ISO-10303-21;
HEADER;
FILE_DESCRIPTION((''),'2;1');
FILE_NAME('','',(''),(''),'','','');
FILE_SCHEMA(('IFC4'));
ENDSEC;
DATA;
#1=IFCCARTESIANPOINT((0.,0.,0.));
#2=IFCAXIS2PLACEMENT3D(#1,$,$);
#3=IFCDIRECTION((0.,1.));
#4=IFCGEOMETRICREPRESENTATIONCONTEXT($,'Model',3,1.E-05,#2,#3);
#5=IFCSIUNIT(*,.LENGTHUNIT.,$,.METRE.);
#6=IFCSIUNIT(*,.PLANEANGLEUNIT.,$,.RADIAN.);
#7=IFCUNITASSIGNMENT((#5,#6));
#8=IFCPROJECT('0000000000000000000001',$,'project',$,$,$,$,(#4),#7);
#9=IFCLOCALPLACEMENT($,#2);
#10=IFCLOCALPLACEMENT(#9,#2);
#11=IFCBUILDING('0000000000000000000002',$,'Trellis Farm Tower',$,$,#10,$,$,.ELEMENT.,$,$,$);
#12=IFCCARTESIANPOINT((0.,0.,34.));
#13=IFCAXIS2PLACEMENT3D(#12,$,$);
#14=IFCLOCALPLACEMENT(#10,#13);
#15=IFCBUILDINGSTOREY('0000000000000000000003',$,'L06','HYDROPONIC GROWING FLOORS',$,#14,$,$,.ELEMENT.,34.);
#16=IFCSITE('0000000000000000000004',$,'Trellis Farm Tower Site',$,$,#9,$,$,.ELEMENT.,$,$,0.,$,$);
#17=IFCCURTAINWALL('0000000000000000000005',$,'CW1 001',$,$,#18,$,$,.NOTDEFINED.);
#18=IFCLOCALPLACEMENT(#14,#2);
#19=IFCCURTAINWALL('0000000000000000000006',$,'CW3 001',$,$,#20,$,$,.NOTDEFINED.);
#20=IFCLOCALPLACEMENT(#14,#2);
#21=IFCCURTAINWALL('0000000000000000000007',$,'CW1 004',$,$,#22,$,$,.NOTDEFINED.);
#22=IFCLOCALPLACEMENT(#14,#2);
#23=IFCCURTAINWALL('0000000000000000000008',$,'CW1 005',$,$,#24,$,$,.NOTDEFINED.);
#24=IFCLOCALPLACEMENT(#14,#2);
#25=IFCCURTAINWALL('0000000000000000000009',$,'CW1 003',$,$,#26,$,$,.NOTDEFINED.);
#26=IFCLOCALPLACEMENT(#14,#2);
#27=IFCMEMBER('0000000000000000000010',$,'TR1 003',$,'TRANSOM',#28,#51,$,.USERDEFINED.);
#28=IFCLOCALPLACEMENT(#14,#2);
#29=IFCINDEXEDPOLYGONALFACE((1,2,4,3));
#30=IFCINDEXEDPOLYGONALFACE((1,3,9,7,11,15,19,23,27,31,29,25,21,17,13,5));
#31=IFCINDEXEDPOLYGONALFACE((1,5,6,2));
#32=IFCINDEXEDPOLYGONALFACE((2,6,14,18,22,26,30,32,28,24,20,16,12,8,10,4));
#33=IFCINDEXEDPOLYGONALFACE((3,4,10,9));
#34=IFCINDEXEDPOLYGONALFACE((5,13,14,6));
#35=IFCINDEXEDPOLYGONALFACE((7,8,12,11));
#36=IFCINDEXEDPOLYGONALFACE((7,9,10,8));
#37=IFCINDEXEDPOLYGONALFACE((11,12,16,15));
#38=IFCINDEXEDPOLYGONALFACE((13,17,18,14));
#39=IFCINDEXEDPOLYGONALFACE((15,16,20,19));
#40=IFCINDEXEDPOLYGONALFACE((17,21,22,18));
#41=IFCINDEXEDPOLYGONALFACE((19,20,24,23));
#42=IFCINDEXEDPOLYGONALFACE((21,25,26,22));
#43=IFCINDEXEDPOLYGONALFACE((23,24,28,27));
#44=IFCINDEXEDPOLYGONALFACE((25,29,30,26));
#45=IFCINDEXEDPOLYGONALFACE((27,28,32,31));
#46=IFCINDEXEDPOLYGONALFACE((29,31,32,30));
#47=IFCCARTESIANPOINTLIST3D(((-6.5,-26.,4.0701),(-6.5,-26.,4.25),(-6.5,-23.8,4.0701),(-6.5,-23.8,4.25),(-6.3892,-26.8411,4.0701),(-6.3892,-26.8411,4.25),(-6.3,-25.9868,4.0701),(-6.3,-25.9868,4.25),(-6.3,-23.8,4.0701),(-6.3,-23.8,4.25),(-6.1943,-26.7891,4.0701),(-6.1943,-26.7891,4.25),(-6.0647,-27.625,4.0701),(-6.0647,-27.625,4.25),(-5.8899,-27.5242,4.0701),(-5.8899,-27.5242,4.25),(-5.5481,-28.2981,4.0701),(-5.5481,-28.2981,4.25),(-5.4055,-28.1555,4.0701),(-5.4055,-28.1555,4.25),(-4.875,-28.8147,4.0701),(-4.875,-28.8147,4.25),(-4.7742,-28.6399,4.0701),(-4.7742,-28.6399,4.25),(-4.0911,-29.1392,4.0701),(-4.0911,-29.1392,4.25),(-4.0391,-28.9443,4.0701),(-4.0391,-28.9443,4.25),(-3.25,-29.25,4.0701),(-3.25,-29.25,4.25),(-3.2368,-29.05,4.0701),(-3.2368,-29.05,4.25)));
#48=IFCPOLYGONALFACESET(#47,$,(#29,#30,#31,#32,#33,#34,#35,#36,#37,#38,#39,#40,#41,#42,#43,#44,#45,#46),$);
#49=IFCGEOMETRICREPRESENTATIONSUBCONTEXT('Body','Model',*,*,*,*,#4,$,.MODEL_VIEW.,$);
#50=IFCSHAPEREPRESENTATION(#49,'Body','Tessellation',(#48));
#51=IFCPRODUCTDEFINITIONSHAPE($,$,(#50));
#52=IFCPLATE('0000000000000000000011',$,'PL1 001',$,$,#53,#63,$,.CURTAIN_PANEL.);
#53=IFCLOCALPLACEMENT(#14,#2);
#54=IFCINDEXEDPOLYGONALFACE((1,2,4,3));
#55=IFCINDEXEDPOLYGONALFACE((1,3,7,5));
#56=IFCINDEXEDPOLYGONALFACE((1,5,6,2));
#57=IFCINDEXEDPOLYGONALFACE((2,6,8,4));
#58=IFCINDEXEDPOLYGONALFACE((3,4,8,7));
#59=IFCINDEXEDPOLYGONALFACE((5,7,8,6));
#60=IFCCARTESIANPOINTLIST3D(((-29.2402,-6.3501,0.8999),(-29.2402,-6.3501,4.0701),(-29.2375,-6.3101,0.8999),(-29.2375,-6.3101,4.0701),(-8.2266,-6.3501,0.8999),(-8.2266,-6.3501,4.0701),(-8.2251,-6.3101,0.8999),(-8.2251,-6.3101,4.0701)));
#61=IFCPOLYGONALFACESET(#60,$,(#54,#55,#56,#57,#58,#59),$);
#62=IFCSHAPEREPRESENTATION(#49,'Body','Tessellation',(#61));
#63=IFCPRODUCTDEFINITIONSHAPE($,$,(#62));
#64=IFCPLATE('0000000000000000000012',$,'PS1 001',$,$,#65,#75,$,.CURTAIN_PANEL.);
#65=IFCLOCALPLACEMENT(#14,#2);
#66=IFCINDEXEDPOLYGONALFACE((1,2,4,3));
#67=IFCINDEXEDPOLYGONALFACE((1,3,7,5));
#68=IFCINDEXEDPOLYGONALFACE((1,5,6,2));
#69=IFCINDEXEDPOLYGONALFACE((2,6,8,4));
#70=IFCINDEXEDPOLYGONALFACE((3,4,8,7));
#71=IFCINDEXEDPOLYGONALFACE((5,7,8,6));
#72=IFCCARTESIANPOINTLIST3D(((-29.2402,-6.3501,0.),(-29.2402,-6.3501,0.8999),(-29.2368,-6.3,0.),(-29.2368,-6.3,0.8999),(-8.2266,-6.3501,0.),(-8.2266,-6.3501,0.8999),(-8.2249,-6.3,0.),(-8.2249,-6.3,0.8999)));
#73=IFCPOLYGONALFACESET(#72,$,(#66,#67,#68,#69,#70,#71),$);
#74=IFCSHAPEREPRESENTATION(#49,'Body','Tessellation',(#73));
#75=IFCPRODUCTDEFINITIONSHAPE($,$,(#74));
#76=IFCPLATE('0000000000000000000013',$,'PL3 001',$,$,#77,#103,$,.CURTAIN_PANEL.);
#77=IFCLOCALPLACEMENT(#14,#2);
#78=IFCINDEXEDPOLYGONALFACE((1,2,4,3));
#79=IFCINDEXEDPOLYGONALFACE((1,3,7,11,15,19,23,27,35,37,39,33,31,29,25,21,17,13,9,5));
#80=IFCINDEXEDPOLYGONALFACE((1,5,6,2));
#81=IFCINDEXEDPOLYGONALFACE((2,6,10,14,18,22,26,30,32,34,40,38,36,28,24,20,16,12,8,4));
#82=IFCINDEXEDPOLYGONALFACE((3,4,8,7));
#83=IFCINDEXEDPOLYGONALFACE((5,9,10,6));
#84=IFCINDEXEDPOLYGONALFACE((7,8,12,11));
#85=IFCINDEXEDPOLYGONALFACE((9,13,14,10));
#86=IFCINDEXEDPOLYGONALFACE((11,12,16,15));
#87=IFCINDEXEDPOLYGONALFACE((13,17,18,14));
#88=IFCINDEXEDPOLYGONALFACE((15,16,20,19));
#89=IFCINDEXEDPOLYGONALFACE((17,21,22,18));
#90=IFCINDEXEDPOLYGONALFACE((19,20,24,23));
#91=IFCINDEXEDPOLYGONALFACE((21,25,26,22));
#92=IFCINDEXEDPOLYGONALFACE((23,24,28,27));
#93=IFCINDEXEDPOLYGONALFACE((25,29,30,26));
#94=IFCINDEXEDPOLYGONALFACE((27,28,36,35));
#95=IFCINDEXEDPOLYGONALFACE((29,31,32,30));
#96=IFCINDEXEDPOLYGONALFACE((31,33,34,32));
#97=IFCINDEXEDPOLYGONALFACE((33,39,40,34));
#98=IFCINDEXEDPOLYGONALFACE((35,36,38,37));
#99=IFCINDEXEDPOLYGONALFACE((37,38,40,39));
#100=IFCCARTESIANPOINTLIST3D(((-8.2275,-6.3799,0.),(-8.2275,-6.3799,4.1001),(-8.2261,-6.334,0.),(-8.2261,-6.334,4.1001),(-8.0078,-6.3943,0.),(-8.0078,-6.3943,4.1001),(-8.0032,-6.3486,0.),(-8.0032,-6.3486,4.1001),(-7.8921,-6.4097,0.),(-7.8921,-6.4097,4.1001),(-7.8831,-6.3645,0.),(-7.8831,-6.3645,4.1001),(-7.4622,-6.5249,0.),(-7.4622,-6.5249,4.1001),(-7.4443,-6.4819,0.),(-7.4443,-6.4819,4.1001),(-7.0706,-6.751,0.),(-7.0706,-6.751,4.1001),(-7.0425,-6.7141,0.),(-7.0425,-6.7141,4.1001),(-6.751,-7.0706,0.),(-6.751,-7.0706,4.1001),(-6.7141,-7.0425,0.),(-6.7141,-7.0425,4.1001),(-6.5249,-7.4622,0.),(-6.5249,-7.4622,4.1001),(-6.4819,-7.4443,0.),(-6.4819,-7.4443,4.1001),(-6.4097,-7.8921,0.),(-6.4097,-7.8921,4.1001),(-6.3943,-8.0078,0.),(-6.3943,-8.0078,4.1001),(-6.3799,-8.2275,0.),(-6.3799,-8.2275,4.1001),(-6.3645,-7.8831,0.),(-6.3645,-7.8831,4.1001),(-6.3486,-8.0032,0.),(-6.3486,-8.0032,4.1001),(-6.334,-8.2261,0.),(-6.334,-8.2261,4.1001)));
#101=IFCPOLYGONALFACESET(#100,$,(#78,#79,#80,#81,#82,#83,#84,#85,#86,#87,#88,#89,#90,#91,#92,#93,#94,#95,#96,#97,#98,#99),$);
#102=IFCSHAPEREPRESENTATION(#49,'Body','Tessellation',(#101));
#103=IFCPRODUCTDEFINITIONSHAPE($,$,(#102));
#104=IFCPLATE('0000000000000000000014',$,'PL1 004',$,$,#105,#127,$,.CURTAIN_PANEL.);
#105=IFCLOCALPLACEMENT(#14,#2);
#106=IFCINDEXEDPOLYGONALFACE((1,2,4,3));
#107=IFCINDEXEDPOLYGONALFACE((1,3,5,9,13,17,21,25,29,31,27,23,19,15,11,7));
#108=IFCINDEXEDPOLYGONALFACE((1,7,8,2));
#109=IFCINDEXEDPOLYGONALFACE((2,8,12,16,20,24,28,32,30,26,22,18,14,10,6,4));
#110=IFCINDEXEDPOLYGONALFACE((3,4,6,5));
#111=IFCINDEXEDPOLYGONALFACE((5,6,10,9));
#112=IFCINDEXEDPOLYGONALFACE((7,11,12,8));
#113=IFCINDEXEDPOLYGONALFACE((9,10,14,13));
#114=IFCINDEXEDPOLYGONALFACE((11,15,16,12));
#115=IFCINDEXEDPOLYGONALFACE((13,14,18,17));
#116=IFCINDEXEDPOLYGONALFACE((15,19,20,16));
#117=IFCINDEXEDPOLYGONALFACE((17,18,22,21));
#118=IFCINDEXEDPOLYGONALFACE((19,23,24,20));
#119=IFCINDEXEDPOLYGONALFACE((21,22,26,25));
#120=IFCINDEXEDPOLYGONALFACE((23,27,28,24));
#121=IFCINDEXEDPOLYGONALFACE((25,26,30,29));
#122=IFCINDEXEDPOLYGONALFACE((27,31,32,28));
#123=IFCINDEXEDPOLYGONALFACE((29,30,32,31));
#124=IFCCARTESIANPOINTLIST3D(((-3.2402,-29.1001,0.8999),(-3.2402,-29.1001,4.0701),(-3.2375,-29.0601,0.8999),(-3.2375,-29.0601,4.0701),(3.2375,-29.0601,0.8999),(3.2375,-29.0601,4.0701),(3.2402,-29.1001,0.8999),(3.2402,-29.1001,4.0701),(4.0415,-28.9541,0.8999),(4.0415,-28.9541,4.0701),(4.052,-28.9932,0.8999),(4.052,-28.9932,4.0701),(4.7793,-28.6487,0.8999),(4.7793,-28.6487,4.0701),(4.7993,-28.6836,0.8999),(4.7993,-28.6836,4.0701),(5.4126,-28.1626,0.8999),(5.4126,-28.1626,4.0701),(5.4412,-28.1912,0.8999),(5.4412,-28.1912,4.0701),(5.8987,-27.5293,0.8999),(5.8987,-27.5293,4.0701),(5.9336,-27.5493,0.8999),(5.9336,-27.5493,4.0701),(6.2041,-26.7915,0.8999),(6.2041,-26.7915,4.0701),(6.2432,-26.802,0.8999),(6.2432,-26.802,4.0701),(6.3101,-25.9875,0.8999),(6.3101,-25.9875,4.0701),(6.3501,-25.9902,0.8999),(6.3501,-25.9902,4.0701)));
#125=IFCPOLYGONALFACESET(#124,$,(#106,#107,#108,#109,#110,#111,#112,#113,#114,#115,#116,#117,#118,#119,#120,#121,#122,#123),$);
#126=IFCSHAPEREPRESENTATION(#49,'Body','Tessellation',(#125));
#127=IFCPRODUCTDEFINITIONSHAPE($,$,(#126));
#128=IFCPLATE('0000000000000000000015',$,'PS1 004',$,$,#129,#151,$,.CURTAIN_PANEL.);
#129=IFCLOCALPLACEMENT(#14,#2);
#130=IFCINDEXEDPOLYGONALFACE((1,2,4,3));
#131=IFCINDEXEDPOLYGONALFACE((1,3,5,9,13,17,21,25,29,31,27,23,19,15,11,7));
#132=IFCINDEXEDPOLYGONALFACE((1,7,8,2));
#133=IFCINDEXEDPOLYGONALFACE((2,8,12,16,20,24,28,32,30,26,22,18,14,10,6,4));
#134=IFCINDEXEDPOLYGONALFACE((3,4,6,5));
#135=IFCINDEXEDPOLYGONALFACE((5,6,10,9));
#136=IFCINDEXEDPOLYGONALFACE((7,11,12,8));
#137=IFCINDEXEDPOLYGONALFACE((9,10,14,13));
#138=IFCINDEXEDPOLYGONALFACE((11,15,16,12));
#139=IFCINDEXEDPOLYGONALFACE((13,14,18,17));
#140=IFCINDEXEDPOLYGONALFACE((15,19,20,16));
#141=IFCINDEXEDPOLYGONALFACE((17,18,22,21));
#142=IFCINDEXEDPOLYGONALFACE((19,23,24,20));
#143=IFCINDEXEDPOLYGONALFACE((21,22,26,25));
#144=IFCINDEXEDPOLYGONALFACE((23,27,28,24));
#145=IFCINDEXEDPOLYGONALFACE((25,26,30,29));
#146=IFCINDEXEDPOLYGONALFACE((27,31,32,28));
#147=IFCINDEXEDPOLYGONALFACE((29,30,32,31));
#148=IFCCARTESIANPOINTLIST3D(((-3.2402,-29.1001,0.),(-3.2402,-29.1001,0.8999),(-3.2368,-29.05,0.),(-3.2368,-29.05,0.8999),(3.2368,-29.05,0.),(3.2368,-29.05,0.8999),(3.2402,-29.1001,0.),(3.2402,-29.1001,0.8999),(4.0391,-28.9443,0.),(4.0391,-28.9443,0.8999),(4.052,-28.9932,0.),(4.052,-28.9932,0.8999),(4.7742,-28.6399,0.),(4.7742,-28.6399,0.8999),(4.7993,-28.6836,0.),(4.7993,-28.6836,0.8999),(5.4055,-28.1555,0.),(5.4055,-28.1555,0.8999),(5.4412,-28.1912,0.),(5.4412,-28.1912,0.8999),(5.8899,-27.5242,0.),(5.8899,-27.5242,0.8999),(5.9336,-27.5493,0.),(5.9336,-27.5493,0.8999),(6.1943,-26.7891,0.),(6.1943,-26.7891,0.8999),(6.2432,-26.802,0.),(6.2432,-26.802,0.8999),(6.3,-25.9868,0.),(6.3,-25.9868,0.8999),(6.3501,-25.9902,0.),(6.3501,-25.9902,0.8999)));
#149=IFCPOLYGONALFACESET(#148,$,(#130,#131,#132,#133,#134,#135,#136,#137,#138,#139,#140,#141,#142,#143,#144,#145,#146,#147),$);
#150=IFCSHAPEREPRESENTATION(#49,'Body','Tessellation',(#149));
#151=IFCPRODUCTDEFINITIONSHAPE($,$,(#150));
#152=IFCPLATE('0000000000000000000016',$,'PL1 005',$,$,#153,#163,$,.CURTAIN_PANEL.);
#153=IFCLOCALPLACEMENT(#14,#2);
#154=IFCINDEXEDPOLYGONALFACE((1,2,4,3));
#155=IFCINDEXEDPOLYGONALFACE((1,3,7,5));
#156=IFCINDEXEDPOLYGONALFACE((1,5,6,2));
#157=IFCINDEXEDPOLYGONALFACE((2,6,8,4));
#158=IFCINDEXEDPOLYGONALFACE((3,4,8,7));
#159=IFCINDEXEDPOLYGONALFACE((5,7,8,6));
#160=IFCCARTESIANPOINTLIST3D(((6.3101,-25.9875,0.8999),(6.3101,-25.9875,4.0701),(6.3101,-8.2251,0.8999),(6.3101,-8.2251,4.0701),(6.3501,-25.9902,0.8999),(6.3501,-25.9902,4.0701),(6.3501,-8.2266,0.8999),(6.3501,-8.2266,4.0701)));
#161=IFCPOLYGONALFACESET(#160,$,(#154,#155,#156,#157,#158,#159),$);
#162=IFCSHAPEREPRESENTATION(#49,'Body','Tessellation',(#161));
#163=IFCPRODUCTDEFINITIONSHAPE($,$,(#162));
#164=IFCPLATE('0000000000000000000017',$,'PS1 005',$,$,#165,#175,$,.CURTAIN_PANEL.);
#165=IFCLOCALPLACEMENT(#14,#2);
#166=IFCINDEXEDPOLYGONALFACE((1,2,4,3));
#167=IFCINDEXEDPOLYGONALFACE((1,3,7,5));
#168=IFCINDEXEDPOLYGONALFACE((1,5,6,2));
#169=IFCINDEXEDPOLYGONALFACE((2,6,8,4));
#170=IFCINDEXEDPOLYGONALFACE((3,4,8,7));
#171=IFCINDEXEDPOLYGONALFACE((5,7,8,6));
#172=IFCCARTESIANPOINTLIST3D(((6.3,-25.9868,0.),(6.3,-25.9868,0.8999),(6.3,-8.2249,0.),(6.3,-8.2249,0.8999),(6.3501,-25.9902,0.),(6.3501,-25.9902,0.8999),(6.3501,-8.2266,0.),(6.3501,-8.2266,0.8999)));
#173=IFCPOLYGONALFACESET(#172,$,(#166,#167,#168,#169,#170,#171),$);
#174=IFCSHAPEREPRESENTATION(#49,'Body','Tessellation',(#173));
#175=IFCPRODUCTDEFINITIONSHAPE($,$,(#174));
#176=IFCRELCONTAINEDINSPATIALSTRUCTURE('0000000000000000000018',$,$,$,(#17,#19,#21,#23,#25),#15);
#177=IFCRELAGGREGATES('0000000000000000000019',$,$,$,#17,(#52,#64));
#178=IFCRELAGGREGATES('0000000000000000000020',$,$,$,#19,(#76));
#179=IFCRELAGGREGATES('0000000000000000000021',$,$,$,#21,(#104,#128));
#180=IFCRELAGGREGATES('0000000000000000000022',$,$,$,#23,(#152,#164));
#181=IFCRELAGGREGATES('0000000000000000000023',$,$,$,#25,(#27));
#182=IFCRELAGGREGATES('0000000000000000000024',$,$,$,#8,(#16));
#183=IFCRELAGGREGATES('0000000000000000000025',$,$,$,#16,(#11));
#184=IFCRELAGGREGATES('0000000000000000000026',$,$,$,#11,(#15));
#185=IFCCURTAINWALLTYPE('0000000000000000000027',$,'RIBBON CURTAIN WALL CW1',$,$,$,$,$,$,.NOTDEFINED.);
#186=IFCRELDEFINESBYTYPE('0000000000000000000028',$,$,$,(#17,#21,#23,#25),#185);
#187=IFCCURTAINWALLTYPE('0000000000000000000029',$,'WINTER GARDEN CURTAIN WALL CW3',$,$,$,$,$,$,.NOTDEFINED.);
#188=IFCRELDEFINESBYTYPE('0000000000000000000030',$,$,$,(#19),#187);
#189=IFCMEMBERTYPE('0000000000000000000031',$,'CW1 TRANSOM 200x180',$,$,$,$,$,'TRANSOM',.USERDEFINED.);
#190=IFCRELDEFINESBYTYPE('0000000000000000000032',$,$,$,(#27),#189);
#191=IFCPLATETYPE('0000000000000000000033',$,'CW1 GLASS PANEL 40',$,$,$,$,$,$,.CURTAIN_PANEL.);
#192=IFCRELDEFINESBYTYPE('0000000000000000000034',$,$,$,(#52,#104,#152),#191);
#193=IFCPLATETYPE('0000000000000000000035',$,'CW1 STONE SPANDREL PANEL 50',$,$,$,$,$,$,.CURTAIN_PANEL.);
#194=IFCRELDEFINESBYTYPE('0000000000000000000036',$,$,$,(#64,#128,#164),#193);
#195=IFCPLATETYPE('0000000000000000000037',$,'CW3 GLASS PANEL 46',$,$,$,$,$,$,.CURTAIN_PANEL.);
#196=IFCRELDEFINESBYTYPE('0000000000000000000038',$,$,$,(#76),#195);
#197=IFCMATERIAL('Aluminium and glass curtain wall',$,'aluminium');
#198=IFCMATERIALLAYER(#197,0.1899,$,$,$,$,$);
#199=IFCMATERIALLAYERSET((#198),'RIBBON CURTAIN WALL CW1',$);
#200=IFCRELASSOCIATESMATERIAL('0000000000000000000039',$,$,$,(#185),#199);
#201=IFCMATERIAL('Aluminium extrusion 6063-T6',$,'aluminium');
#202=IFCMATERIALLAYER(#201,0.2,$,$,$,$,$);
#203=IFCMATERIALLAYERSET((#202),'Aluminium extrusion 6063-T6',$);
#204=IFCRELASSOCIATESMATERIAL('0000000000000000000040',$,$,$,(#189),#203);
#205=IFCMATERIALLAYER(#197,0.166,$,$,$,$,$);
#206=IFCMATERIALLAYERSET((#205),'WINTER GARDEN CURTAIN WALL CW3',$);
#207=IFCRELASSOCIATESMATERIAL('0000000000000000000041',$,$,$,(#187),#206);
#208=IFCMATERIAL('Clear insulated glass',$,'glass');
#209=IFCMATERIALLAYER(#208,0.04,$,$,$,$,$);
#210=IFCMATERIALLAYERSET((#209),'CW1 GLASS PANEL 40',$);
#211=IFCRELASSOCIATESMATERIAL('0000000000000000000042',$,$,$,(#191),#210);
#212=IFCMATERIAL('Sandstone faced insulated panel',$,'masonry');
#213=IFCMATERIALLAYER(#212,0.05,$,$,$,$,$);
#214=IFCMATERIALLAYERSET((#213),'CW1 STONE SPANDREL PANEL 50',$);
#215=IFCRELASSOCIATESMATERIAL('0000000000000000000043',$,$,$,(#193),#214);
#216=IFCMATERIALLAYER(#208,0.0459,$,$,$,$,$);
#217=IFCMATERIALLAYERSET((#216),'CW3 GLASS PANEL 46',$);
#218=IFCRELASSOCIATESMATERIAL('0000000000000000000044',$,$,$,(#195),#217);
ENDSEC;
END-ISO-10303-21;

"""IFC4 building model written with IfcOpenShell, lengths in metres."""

from ifc_helpers import new_model, si_unit, direction, frame, origin, place, context, subcontext, project, spatial, polyline, outline, extrude, source, transform, mapped, material, layer, layer_set, type_object, element, aggregate, save


model = new_model("IFC4")

# Units and contexts
model_context = context("Model", 3, precision=1e-05, world=origin(), true_north=direction((0.0, 1.0)))
body_context = subcontext(model_context, "Body", "Model", "MODEL_VIEW")
ifc_project = project(units=[si_unit("LENGTHUNIT", "METRE"), si_unit("PLANEANGLEUNIT", "RADIAN")], contexts=[model_context])

# Site, building, storey
site_placement = place(None, origin())
site = spatial("IfcSite", under=ifc_project, at=site_placement, Name="Trellis Farm Tower Site", CompositionType="ELEMENT", RefElevation=0.0)
building_placement = place(site_placement, origin())
building = spatial("IfcBuilding", under=site, at=building_placement, Name="Trellis Farm Tower", CompositionType="ELEMENT")
storey_placement = place(building_placement, frame((0.0, 0.0, 34.0)))
storey = spatial("IfcBuildingStorey", under=building, at=storey_placement, Name="L06", Description="HYDROPONIC GROWING FLOORS", CompositionType="ELEMENT", Elevation=34.0)

# Curtain walls, member
ifc_material_1 = material(Name="Aluminium and glass curtain wall", Category="aluminium")
ifc_layer_1 = layer(ifc_material_1, 0.1899)
ifc_layer_set_1 = layer_set([ifc_layer_1], Name="RIBBON CURTAIN WALL CW1")
curtain_wall_type_1 = type_object("IfcCurtainWallType", Name="RIBBON CURTAIN WALL CW1", PredefinedType="NOTDEFINED", material=ifc_layer_set_1)
placement_1 = place(storey_placement, origin())
curtain_wall_1 = element("IfcCurtainWall", 1, at=placement_1, inside=storey, type_object=curtain_wall_type_1, Name="CW1 001", PredefinedType="NOTDEFINED")
ifc_material_2 = material(Name="Aluminium extrusion 6063-T6", Category="aluminium")
ifc_layer_2 = layer(ifc_material_2, 0.2)
ifc_layer_set_2 = layer_set([ifc_layer_2], Name="Aluminium extrusion 6063-T6")
member_type_1 = type_object("IfcMemberType", Name="CW1 TRANSOM 200x180", ElementType="TRANSOM", PredefinedType="USERDEFINED", material=ifc_layer_set_2)
placement_2 = place(storey_placement, frame((0.0, 0.0, 4.0701)))
ifc_layer_3 = layer(ifc_material_1, 0.166)
ifc_layer_set_3 = layer_set([ifc_layer_3], Name="WINTER GARDEN CURTAIN WALL CW3")
curtain_wall_type_2 = type_object("IfcCurtainWallType", Name="WINTER GARDEN CURTAIN WALL CW3", PredefinedType="NOTDEFINED", material=ifc_layer_set_3)
curtain_wall_2 = element("IfcCurtainWall", 2, at=placement_1, inside=storey, type_object=curtain_wall_type_2, Name="CW3 001", PredefinedType="NOTDEFINED")
curtain_wall_3 = element("IfcCurtainWall", 3, at=placement_1, inside=storey, type_object=curtain_wall_type_1, Name="CW1 004", PredefinedType="NOTDEFINED")
curtain_wall_4 = element("IfcCurtainWall", 4, at=placement_1, inside=storey, type_object=curtain_wall_type_1, Name="CW1 005", PredefinedType="NOTDEFINED")
curtain_wall_5 = element("IfcCurtainWall", 5, at=placement_1, inside=storey, type_object=curtain_wall_type_1, Name="CW1 003", PredefinedType="NOTDEFINED")
shared_shape_1 = source(origin(), body_context, "Body", "SweptSolid", [
    extrude(outline(polyline([(-6.5, -23.8), (-6.5, -26.0), (-6.3892, -26.8411), (-6.0647, -27.625), (-5.5481, -28.2981), (-4.875, -28.8147), (-4.0911, -29.1392), (-3.25, -29.25), (-3.2368, -29.05), (-4.0391, -28.9443), (-4.7742, -28.6399), (-5.4055, -28.1555), (-5.8899, -27.5242), (-6.1943, -26.7891), (-6.3, -25.9868), (-6.3, -23.8), (-6.5, -23.8)])), origin(), (0.0, 0.0, 1.0), 0.1799),
])
member_1 = element("IfcMember", 6, at=placement_2, type_object=member_type_1, Name="TR1 003", ObjectType="TRANSOM", PredefinedType="USERDEFINED", context=body_context, shape_type="MappedRepresentation", body=[
    mapped(shared_shape_1, transform((0.0, 0.0, 0.0))),
])

# Plates
ifc_material_3 = material(Name="Clear insulated glass", Category="glass")
ifc_layer_4 = layer(ifc_material_3, 0.04)
ifc_layer_set_4 = layer_set([ifc_layer_4], Name="CW1 GLASS PANEL 40")
plate_type_1 = type_object("IfcPlateType", Name="CW1 GLASS PANEL 40", PredefinedType="CURTAIN_PANEL", material=ifc_layer_set_4)
shared_shape_2 = source(origin(), body_context, "Body", "SweptSolid", [
    extrude(outline(polyline([(-29.2402, -6.3501), (-8.2266, -6.3501), (-8.2251, -6.3101), (-29.2375, -6.3101), (-29.2402, -6.3501)])), origin(), (0.0, 0.0, 1.0), 3.1702),
])
placement_3 = place(storey_placement, frame((0.0, 0.0, 0.8999)))
plate_1 = element("IfcPlate", 7, at=placement_3, type_object=plate_type_1, Name="PL1 001", PredefinedType="CURTAIN_PANEL", context=body_context, shape_type="MappedRepresentation", body=[
    mapped(shared_shape_2, transform((0.0, 0.0, 0.0))),
])
ifc_material_4 = material(Name="Sandstone faced insulated panel", Category="masonry")
ifc_layer_5 = layer(ifc_material_4, 0.05)
ifc_layer_set_5 = layer_set([ifc_layer_5], Name="CW1 STONE SPANDREL PANEL 50")
plate_type_2 = type_object("IfcPlateType", Name="CW1 STONE SPANDREL PANEL 50", PredefinedType="CURTAIN_PANEL", material=ifc_layer_set_5)
shared_shape_3 = source(origin(), body_context, "Body", "SweptSolid", [
    extrude(outline(polyline([(-29.2402, -6.3501), (-8.2266, -6.3501), (-8.2249, -6.3), (-29.2368, -6.3), (-29.2402, -6.3501)])), origin(), (0.0, 0.0, 1.0), 0.8999),
])
plate_2 = element("IfcPlate", 8, at=placement_1, type_object=plate_type_2, Name="PS1 001", PredefinedType="CURTAIN_PANEL", context=body_context, shape_type="MappedRepresentation", body=[
    mapped(shared_shape_3, transform((0.0, 0.0, 0.0))),
])
aggregate(curtain_wall_1, [plate_1, plate_2])
ifc_layer_6 = layer(ifc_material_3, 0.0459)
ifc_layer_set_6 = layer_set([ifc_layer_6], Name="CW3 GLASS PANEL 46")
plate_type_3 = type_object("IfcPlateType", Name="CW3 GLASS PANEL 46", PredefinedType="CURTAIN_PANEL", material=ifc_layer_set_6)
shared_shape_4 = source(origin(), body_context, "Body", "SweptSolid", [
    extrude(outline(polyline([(-8.2275, -6.3799), (-8.0078, -6.3943), (-7.8921, -6.4097), (-7.4622, -6.5249), (-7.0706, -6.751), (-6.751, -7.0706), (-6.5249, -7.4622), (-6.4097, -7.8921), (-6.3943, -8.0078), (-6.3799, -8.2275), (-6.334, -8.2261), (-6.3486, -8.0032), (-6.3645, -7.8831), (-6.4819, -7.4443), (-6.7141, -7.0425), (-7.0425, -6.7141), (-7.4443, -6.4819), (-7.8831, -6.3645), (-8.0032, -6.3486), (-8.2261, -6.334), (-8.2275, -6.3799)])), origin(), (0.0, 0.0, 1.0), 4.1001),
])
plate_3 = element("IfcPlate", 9, at=placement_1, type_object=plate_type_3, Name="PL3 001", PredefinedType="CURTAIN_PANEL", context=body_context, shape_type="MappedRepresentation", body=[
    mapped(shared_shape_4, transform((0.0, 0.0, 0.0))),
])
aggregate(curtain_wall_2, [plate_3])
shared_shape_5 = source(origin(), body_context, "Body", "SweptSolid", [
    extrude(outline(polyline([(-3.2402, -29.1001), (3.2402, -29.1001), (4.052, -28.9932), (4.7993, -28.6836), (5.4412, -28.1912), (5.9336, -27.5493), (6.2432, -26.802), (6.3501, -25.9902), (6.3101, -25.9875), (6.2041, -26.7915), (5.8987, -27.5293), (5.4126, -28.1626), (4.7793, -28.6487), (4.0415, -28.9541), (3.2375, -29.0601), (-3.2375, -29.0601), (-3.2402, -29.1001)])), origin(), (0.0, 0.0, 1.0), 3.1702),
])
plate_4 = element("IfcPlate", 10, at=placement_3, type_object=plate_type_1, Name="PL1 004", PredefinedType="CURTAIN_PANEL", context=body_context, shape_type="MappedRepresentation", body=[
    mapped(shared_shape_5, transform((0.0, 0.0, 0.0))),
])
shared_shape_6 = source(origin(), body_context, "Body", "SweptSolid", [
    extrude(outline(polyline([(-3.2402, -29.1001), (3.2402, -29.1001), (4.052, -28.9932), (4.7993, -28.6836), (5.4412, -28.1912), (5.9336, -27.5493), (6.2432, -26.802), (6.3501, -25.9902), (6.3, -25.9868), (6.1943, -26.7891), (5.8899, -27.5242), (5.4055, -28.1555), (4.7742, -28.6399), (4.0391, -28.9443), (3.2368, -29.05), (-3.2368, -29.05), (-3.2402, -29.1001)])), origin(), (0.0, 0.0, 1.0), 0.8999),
])
plate_5 = element("IfcPlate", 11, at=placement_1, type_object=plate_type_2, Name="PS1 004", PredefinedType="CURTAIN_PANEL", context=body_context, shape_type="MappedRepresentation", body=[
    mapped(shared_shape_6, transform((0.0, 0.0, 0.0))),
])
aggregate(curtain_wall_3, [plate_4, plate_5])
shared_shape_7 = source(origin(), body_context, "Body", "SweptSolid", [
    extrude(outline(polyline([(6.3501, -25.9902), (6.3501, -8.2266), (6.3101, -8.2251), (6.3101, -25.9875), (6.3501, -25.9902)])), origin(), (0.0, 0.0, 1.0), 3.1702),
])
plate_6 = element("IfcPlate", 12, at=placement_3, type_object=plate_type_1, Name="PL1 005", PredefinedType="CURTAIN_PANEL", context=body_context, shape_type="MappedRepresentation", body=[
    mapped(shared_shape_7, transform((0.0, 0.0, 0.0))),
])
shared_shape_8 = source(origin(), body_context, "Body", "SweptSolid", [
    extrude(outline(polyline([(6.3501, -25.9902), (6.3501, -8.2266), (6.3, -8.2249), (6.3, -25.9868), (6.3501, -25.9902)])), origin(), (0.0, 0.0, 1.0), 0.8999),
])
plate_7 = element("IfcPlate", 13, at=placement_1, type_object=plate_type_2, Name="PS1 005", PredefinedType="CURTAIN_PANEL", context=body_context, shape_type="MappedRepresentation", body=[
    mapped(shared_shape_8, transform((0.0, 0.0, 0.0))),
])
aggregate(curtain_wall_4, [plate_6, plate_7])
aggregate(curtain_wall_5, [member_1])

save(model, "model.ifc")
